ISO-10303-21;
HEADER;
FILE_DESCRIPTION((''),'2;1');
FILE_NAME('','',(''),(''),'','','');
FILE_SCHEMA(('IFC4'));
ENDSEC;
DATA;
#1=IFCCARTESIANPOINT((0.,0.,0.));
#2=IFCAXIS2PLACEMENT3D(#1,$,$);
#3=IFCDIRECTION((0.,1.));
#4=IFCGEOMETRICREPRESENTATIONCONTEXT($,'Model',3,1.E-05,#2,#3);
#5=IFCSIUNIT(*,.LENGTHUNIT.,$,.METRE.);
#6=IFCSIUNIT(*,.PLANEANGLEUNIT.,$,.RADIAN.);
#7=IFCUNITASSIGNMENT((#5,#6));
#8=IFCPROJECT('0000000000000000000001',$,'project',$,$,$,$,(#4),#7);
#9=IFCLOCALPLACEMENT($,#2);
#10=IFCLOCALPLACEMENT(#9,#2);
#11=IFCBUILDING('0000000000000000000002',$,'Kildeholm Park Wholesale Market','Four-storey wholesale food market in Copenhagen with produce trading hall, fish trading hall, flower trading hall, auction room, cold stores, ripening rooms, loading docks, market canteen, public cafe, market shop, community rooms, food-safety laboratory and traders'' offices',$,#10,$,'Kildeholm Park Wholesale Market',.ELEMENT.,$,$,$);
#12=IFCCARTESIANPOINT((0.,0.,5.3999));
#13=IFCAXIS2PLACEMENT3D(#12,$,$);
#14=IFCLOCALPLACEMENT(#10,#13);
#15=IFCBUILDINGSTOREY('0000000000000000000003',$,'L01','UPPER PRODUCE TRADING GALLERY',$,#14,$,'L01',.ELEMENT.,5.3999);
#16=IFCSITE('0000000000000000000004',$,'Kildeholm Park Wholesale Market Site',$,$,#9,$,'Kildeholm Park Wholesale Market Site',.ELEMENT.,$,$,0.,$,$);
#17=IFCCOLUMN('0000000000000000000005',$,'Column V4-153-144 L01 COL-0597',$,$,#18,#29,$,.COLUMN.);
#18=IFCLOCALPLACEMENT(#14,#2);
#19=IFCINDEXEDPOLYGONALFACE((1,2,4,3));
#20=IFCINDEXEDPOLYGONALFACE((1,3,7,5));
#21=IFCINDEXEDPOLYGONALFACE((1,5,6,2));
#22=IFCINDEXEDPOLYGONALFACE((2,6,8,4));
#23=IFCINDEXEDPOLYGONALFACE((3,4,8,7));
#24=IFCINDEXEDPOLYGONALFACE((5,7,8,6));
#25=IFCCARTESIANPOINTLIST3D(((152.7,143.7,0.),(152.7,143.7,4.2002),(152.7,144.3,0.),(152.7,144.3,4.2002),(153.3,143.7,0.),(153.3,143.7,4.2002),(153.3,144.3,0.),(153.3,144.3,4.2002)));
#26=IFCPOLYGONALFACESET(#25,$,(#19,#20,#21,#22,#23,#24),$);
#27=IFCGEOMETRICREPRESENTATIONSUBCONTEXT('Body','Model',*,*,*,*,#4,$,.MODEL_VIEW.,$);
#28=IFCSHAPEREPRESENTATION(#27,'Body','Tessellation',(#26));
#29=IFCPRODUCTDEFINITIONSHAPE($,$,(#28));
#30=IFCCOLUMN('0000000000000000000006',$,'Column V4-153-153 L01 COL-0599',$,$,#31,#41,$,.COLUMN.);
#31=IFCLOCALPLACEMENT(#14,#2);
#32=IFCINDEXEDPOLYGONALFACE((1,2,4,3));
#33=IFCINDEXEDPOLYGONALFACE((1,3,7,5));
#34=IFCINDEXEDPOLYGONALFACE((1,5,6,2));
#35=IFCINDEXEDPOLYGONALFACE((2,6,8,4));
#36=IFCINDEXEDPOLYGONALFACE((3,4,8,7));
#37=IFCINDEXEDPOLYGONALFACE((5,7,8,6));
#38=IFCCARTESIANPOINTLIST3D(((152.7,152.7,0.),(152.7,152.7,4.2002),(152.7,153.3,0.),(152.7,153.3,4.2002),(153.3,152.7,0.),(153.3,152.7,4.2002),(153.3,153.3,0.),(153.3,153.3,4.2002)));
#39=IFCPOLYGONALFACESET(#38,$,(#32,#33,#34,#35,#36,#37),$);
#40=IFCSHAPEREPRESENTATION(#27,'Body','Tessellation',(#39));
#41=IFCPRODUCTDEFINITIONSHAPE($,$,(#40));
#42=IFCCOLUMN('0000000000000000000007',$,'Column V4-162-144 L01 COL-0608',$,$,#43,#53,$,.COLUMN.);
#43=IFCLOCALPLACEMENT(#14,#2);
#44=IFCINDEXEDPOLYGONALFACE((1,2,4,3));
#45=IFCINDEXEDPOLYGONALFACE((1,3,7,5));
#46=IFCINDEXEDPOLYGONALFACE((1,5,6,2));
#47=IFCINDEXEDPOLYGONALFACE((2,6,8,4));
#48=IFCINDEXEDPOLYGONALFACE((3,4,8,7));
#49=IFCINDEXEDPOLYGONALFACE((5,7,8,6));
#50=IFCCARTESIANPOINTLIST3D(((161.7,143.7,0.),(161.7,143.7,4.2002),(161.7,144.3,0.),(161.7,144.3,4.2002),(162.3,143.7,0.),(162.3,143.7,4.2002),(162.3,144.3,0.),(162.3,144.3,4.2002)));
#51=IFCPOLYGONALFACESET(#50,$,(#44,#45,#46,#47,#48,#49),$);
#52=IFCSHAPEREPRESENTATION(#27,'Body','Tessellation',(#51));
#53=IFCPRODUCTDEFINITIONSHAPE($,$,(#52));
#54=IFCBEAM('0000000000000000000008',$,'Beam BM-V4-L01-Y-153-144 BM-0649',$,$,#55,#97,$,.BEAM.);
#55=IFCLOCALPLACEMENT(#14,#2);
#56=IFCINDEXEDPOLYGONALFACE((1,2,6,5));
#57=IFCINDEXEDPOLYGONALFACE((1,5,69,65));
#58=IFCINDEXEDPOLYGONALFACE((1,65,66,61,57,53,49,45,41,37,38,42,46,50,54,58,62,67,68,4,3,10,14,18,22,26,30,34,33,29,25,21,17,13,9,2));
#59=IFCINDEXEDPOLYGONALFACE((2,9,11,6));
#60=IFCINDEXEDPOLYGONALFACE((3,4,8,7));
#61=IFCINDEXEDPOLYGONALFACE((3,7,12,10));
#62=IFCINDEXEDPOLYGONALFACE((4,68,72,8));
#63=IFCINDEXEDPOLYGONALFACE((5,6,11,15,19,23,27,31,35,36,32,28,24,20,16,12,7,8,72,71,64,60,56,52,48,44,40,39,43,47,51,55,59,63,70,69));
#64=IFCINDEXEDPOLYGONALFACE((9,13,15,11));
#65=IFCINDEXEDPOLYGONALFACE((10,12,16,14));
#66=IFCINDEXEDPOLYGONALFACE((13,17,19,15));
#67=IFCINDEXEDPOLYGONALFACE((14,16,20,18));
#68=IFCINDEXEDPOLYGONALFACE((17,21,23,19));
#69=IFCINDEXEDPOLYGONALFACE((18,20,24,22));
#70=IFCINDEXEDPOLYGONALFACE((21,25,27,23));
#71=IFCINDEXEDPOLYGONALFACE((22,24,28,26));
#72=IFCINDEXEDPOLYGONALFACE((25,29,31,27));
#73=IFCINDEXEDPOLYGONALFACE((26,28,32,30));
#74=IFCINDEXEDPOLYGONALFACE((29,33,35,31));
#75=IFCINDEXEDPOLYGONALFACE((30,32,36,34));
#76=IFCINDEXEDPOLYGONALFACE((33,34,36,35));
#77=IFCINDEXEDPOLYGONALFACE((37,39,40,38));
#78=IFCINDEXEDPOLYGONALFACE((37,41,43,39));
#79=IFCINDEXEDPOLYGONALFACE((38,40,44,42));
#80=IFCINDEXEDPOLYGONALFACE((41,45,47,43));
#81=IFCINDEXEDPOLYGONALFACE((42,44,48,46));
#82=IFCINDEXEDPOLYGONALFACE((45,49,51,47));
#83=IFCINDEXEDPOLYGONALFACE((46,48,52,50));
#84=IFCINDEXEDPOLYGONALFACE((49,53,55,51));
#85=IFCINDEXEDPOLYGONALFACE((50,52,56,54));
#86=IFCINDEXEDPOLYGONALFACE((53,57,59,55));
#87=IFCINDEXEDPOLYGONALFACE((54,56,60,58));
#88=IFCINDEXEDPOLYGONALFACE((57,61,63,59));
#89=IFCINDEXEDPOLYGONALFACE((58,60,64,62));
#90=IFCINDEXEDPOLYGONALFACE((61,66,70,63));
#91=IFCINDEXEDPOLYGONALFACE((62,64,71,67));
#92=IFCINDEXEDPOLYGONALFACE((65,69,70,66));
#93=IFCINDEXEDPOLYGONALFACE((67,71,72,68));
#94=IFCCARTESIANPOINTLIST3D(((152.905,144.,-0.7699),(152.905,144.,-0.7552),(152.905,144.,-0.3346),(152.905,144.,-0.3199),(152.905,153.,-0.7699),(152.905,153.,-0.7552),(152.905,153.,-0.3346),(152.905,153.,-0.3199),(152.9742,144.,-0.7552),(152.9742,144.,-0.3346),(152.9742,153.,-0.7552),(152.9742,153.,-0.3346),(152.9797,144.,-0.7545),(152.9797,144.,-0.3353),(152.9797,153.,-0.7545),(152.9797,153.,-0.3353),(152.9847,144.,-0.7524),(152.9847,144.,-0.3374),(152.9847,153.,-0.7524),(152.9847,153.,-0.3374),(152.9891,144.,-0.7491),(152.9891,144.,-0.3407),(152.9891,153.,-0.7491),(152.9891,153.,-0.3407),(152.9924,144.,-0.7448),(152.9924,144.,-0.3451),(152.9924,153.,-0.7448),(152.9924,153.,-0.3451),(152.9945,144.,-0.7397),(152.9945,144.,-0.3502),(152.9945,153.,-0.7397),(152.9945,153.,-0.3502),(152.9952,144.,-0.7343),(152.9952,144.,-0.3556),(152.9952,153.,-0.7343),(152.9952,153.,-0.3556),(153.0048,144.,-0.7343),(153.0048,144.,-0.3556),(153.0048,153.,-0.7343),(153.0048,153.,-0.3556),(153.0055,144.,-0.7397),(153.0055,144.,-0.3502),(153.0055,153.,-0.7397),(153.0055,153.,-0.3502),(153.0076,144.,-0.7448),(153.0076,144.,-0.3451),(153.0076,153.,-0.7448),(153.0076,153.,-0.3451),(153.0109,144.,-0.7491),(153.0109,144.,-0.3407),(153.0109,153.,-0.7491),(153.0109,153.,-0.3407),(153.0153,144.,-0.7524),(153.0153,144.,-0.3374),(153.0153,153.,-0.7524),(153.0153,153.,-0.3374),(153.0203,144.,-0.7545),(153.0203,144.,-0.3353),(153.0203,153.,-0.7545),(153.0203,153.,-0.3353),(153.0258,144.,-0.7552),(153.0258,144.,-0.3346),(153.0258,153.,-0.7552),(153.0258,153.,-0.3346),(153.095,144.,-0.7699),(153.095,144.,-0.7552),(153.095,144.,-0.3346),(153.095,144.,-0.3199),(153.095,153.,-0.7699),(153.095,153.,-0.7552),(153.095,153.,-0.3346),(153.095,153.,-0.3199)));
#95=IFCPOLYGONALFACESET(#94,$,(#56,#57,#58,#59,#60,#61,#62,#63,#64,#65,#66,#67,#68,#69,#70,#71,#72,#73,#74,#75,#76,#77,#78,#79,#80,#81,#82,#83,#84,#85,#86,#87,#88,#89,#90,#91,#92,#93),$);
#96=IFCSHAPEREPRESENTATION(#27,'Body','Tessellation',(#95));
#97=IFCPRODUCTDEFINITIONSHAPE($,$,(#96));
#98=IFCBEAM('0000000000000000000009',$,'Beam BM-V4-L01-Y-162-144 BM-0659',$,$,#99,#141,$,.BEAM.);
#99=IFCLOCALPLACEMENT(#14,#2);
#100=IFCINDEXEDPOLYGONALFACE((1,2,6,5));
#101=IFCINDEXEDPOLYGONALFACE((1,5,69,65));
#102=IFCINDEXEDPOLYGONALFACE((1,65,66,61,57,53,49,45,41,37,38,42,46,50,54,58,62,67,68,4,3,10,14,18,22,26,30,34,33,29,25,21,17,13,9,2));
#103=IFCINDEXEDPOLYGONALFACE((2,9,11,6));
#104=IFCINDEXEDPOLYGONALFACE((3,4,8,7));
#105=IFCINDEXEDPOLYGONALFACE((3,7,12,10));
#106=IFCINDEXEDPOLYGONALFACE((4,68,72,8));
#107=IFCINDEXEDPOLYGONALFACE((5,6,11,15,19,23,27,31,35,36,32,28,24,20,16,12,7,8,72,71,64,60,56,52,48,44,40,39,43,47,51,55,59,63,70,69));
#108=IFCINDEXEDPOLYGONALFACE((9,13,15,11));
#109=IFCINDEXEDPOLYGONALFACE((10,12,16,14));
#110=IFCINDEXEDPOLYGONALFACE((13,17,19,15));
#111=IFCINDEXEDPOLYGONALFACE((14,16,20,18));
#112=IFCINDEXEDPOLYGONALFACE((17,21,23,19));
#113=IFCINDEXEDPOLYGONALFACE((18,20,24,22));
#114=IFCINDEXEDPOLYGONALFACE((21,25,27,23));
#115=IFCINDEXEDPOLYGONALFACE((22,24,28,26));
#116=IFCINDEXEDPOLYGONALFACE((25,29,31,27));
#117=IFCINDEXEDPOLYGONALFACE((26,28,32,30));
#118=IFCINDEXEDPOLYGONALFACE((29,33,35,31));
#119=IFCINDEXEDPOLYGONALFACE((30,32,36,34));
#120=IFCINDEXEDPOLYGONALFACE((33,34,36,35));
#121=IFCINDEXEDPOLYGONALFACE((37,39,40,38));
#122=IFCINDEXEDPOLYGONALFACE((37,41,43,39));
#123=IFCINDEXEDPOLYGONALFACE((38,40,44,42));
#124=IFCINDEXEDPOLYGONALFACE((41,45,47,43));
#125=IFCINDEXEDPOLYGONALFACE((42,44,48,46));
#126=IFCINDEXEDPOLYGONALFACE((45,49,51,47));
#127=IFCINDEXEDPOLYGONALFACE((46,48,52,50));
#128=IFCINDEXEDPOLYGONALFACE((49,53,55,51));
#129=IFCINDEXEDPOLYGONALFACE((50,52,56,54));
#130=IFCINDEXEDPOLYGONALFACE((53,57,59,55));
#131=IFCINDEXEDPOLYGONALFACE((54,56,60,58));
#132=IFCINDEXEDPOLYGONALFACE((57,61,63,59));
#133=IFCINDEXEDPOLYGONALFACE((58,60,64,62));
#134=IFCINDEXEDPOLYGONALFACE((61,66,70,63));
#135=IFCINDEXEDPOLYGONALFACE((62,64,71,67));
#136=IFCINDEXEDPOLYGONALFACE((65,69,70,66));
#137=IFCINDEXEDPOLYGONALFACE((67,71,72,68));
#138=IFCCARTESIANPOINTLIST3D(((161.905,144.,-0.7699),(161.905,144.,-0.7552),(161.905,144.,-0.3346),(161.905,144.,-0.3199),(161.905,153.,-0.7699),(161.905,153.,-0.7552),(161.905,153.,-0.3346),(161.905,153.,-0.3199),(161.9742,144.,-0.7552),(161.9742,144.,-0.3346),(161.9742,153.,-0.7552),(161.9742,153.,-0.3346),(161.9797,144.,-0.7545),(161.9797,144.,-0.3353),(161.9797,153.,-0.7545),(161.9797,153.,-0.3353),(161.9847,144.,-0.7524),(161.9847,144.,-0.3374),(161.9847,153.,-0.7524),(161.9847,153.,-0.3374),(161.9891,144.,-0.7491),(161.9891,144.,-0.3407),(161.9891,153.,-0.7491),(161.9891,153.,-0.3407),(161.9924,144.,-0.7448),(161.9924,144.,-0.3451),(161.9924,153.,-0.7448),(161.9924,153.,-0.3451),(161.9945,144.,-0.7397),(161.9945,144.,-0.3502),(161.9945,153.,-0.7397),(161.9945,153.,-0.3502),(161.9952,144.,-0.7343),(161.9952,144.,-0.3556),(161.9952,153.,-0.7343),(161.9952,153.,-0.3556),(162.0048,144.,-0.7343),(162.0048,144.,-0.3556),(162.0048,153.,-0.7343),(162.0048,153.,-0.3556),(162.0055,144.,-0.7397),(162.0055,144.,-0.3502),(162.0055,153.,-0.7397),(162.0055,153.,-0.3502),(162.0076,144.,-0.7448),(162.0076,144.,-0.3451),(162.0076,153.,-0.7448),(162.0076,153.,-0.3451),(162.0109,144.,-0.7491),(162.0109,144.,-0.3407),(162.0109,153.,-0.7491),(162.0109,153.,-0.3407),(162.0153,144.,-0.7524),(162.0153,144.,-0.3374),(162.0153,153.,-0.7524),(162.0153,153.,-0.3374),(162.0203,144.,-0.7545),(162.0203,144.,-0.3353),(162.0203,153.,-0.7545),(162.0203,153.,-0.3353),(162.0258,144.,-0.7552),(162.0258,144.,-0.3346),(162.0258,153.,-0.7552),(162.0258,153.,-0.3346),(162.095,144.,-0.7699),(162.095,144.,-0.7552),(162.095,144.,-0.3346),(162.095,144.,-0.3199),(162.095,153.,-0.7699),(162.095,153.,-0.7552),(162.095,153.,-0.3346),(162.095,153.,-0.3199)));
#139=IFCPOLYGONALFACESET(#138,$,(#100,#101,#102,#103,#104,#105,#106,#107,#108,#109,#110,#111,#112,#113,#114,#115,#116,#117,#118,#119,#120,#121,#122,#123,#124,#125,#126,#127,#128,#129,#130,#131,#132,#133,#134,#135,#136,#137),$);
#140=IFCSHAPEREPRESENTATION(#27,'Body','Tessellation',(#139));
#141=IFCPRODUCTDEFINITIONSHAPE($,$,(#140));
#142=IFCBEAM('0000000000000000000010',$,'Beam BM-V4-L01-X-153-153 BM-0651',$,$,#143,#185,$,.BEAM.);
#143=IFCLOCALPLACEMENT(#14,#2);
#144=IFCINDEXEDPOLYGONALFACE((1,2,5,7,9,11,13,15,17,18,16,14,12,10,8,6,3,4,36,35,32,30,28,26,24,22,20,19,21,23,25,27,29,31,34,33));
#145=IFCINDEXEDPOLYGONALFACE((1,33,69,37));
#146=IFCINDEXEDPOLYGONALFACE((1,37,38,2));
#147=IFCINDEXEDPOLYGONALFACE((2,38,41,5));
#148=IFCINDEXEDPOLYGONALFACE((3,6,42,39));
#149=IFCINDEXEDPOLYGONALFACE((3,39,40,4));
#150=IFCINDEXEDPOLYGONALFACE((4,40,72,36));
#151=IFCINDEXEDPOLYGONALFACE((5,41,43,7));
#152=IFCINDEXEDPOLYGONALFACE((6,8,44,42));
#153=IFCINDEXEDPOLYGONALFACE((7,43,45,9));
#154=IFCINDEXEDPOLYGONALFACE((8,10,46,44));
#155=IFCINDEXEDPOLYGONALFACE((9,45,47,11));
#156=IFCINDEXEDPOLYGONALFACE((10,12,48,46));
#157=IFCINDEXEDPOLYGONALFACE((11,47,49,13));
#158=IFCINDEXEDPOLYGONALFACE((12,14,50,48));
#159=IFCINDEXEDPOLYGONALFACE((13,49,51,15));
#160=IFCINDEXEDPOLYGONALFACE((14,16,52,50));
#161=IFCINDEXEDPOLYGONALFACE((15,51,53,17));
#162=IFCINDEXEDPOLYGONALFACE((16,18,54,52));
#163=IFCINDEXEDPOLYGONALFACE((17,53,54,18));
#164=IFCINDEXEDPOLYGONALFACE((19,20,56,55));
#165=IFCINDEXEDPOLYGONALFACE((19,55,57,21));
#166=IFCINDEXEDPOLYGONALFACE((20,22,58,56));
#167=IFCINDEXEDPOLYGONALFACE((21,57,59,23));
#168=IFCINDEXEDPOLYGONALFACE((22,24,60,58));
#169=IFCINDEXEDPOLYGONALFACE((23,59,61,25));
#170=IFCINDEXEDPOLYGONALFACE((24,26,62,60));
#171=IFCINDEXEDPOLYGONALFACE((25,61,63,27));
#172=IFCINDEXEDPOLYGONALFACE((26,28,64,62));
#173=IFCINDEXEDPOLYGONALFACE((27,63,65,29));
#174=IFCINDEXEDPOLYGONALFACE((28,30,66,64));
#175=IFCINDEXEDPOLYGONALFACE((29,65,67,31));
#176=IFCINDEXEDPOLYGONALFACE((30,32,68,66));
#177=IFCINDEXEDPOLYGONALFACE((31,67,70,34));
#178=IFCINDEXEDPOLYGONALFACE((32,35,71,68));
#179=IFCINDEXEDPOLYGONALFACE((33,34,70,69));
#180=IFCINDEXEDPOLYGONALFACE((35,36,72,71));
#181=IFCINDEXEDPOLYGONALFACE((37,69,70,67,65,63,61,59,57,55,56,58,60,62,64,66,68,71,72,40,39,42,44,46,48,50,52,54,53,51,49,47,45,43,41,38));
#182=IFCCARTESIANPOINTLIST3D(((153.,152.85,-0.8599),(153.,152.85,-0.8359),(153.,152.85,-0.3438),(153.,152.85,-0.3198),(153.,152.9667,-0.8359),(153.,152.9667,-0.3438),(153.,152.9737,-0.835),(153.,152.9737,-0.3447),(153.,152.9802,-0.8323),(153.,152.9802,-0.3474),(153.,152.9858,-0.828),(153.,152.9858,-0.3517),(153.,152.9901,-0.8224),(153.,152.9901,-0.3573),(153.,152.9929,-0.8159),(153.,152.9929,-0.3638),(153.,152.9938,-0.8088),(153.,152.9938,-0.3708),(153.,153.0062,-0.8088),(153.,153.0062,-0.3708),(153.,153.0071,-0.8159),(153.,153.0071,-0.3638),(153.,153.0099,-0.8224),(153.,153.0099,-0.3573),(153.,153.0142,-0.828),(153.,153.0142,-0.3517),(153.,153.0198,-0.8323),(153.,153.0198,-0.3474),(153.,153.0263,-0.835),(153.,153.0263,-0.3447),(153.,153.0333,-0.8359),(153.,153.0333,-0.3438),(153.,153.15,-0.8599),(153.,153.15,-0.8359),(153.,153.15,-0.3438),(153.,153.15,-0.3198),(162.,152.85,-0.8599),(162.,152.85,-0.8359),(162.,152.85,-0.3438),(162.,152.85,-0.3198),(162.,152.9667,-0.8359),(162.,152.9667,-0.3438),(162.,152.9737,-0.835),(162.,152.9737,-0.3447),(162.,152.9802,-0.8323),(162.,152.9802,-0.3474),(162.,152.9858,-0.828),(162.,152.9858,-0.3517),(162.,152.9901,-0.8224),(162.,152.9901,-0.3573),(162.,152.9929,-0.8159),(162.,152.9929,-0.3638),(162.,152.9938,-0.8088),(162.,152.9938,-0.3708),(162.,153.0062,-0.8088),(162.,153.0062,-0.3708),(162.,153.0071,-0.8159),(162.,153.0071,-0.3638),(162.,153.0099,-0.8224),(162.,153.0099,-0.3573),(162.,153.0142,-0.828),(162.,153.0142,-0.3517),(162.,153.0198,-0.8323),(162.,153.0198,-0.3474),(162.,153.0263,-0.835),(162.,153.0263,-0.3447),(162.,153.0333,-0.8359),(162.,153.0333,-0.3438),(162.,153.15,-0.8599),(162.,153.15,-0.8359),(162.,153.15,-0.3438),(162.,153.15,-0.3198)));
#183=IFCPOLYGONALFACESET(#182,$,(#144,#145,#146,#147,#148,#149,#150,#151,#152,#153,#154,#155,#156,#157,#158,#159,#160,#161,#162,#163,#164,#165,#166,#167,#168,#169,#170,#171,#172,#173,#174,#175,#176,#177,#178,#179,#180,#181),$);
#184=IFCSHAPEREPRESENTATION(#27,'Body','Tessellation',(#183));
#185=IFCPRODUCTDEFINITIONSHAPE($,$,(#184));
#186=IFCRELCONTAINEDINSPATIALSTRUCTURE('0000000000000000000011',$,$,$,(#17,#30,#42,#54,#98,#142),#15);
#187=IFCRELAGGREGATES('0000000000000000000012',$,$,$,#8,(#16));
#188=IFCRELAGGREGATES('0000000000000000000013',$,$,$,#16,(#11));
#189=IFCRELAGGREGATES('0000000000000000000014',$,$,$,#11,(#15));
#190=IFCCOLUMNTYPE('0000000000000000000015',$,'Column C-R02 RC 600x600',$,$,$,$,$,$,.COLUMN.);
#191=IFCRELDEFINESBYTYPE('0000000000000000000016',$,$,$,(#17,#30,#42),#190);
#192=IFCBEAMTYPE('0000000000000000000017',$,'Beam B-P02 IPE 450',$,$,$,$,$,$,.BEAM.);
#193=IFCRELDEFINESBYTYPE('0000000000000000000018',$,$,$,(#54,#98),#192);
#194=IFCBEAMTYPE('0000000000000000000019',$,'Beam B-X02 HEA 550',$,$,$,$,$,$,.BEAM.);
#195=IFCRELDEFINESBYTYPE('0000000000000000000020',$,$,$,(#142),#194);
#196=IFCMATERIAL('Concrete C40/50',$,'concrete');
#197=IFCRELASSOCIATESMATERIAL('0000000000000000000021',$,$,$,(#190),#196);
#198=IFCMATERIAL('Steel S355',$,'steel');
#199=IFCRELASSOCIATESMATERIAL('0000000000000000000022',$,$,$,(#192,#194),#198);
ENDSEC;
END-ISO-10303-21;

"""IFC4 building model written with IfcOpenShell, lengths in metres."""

from ifc_helpers import new_model, si_unit, direction, frame, origin, origin_2d, place, context, subcontext, project, spatial, rectangle, i_section, extrude, material, material_profile, profile_set, type_object, element, save


model = new_model("IFC4")

# Units and contexts
model_context = context("Model", 3, precision=1e-05, world=origin(), true_north=direction((0.0, 1.0)))
body_context = subcontext(model_context, "Body", "Model", "MODEL_VIEW")
ifc_project = project(units=[si_unit("LENGTHUNIT", "METRE"), si_unit("PLANEANGLEUNIT", "RADIAN")], contexts=[model_context])

# Site, building, storey
site_placement = place(None, origin())
site = spatial("IfcSite", under=ifc_project, at=site_placement, Name="Kildeholm Park Wholesale Market Site", LongName="Kildeholm Park Wholesale Market Site", CompositionType="ELEMENT", RefElevation=0.0)
building_placement = place(site_placement, origin())
building = spatial("IfcBuilding", under=site, at=building_placement, Name="Kildeholm Park Wholesale Market", Description="Four-storey wholesale food market in Copenhagen with produce trading hall, fish trading hall, flower trading hall, auction room, cold stores, ripening rooms, loading docks, market canteen, public cafe, market shop, community rooms, food-safety laboratory and traders' offices", LongName="Kildeholm Park Wholesale Market", CompositionType="ELEMENT")
storey_placement = place(building_placement, frame((0.0, 0.0, 5.3999)))
storey = spatial("IfcBuildingStorey", under=building, at=storey_placement, Name="L01", Description="UPPER PRODUCE TRADING GALLERY", LongName="L01", CompositionType="ELEMENT", Elevation=5.3999)

# Columns
ifc_material_1 = material(Name="Concrete C40/50", Category="concrete")
ifc_material_profile_1 = material_profile(ifc_material_1, rectangle(XDim=0.6001, YDim=0.6001, at=origin_2d()), Name="RC 600x600")
ifc_profile_set_1 = profile_set([ifc_material_profile_1], Name="Concrete C40/50")
column_type = type_object("IfcColumnType", Name="Column C-R02 RC 600x600", PredefinedType="COLUMN", material=ifc_profile_set_1)
for number, where, z_axis, x_axis, name in (
    (1, (153.0, 144.0, 0.0), (0.0, 0.0, 1.0), (1.0, 0.0, 0.0), "Column V4-153-144 L01 COL-0597"),
    (2, (153.0, 153.0, 0.0), (0.0, 0.0, 1.0), (1.0, 0.0, 0.0), "Column V4-153-153 L01 COL-0599"),
    (3, (162.0, 144.0, 0.0), (0.0, 0.0, 1.0), (1.0, 0.0, 0.0), "Column V4-162-144 L01 COL-0608"),
):
    element("IfcColumn", number, at=place(storey_placement, frame(where, z_axis=z_axis, x_axis=x_axis)), inside=storey, type_object=column_type, Name=name, PredefinedType="COLUMN", context=body_context, shape_type="SweptSolid", body=[
        extrude(rectangle(XDim=0.6001, YDim=0.6001, at=origin_2d()), origin(), (0.0, 0.0, 1.0), 4.2002),
    ])

# Beams
ifc_material_2 = material(Name="Steel S355", Category="steel")
ifc_material_profile_2 = material_profile(ifc_material_2, i_section(OverallWidth=0.1899, OverallDepth=0.45, WebThickness=0.0095, FlangeThickness=0.0146, FilletRadius=0.021, at=origin_2d()), Name="IPE 450")
ifc_profile_set_2 = profile_set([ifc_material_profile_2], Name="Steel S355")
beam_type_1 = type_object("IfcBeamType", Name="Beam B-P02 IPE 450", PredefinedType="BEAM", material=ifc_profile_set_2)
for number, where, z_axis, x_axis, name in (
    (4, (153.0, 144.0, -0.5449), (0.0, 1.0, 0.0), (-1.0, 0.0, 0.0), "Beam BM-V4-L01-Y-153-144 BM-0649"),
    (5, (162.0, 144.0, -0.5449), (0.0, 1.0, 0.0), (-1.0, 0.0, 0.0), "Beam BM-V4-L01-Y-162-144 BM-0659"),
):
    element("IfcBeam", number, at=place(storey_placement, frame(where, z_axis=z_axis, x_axis=x_axis)), inside=storey, type_object=beam_type_1, Name=name, PredefinedType="BEAM", context=body_context, shape_type="SweptSolid", body=[
        extrude(i_section(OverallWidth=0.1899, OverallDepth=0.45, WebThickness=0.0095, FlangeThickness=0.0146, FilletRadius=0.021, at=origin_2d()), origin(), (0.0, 0.0, 1.0), 9.0),
    ])
ifc_material_profile_3 = material_profile(ifc_material_2, i_section(OverallWidth=0.3, OverallDepth=0.54, WebThickness=0.0125, FlangeThickness=0.0239, FilletRadius=0.0271, at=origin_2d()), Name="HEA 550")
ifc_profile_set_3 = profile_set([ifc_material_profile_3], Name="Steel S355")
beam_type_2 = type_object("IfcBeamType", Name="Beam B-X02 HEA 550", PredefinedType="BEAM", material=ifc_profile_set_3)
beam_1_placement = place(storey_placement, frame((153.0, 153.0, -0.5898), z_axis=(1.0, 0.0, 0.0), x_axis=(0.0, 1.0, 0.0)))
element("IfcBeam", 6, at=beam_1_placement, inside=storey, type_object=beam_type_2, Name="Beam BM-V4-L01-X-153-153 BM-0651", PredefinedType="BEAM", context=body_context, shape_type="SweptSolid", body=[
    extrude(i_section(OverallWidth=0.3, OverallDepth=0.54, WebThickness=0.0125, FlangeThickness=0.0239, FilletRadius=0.0271, at=origin_2d()), origin(), (0.0, 0.0, 1.0), 9.0),
])

save(model, "model.ifc")
